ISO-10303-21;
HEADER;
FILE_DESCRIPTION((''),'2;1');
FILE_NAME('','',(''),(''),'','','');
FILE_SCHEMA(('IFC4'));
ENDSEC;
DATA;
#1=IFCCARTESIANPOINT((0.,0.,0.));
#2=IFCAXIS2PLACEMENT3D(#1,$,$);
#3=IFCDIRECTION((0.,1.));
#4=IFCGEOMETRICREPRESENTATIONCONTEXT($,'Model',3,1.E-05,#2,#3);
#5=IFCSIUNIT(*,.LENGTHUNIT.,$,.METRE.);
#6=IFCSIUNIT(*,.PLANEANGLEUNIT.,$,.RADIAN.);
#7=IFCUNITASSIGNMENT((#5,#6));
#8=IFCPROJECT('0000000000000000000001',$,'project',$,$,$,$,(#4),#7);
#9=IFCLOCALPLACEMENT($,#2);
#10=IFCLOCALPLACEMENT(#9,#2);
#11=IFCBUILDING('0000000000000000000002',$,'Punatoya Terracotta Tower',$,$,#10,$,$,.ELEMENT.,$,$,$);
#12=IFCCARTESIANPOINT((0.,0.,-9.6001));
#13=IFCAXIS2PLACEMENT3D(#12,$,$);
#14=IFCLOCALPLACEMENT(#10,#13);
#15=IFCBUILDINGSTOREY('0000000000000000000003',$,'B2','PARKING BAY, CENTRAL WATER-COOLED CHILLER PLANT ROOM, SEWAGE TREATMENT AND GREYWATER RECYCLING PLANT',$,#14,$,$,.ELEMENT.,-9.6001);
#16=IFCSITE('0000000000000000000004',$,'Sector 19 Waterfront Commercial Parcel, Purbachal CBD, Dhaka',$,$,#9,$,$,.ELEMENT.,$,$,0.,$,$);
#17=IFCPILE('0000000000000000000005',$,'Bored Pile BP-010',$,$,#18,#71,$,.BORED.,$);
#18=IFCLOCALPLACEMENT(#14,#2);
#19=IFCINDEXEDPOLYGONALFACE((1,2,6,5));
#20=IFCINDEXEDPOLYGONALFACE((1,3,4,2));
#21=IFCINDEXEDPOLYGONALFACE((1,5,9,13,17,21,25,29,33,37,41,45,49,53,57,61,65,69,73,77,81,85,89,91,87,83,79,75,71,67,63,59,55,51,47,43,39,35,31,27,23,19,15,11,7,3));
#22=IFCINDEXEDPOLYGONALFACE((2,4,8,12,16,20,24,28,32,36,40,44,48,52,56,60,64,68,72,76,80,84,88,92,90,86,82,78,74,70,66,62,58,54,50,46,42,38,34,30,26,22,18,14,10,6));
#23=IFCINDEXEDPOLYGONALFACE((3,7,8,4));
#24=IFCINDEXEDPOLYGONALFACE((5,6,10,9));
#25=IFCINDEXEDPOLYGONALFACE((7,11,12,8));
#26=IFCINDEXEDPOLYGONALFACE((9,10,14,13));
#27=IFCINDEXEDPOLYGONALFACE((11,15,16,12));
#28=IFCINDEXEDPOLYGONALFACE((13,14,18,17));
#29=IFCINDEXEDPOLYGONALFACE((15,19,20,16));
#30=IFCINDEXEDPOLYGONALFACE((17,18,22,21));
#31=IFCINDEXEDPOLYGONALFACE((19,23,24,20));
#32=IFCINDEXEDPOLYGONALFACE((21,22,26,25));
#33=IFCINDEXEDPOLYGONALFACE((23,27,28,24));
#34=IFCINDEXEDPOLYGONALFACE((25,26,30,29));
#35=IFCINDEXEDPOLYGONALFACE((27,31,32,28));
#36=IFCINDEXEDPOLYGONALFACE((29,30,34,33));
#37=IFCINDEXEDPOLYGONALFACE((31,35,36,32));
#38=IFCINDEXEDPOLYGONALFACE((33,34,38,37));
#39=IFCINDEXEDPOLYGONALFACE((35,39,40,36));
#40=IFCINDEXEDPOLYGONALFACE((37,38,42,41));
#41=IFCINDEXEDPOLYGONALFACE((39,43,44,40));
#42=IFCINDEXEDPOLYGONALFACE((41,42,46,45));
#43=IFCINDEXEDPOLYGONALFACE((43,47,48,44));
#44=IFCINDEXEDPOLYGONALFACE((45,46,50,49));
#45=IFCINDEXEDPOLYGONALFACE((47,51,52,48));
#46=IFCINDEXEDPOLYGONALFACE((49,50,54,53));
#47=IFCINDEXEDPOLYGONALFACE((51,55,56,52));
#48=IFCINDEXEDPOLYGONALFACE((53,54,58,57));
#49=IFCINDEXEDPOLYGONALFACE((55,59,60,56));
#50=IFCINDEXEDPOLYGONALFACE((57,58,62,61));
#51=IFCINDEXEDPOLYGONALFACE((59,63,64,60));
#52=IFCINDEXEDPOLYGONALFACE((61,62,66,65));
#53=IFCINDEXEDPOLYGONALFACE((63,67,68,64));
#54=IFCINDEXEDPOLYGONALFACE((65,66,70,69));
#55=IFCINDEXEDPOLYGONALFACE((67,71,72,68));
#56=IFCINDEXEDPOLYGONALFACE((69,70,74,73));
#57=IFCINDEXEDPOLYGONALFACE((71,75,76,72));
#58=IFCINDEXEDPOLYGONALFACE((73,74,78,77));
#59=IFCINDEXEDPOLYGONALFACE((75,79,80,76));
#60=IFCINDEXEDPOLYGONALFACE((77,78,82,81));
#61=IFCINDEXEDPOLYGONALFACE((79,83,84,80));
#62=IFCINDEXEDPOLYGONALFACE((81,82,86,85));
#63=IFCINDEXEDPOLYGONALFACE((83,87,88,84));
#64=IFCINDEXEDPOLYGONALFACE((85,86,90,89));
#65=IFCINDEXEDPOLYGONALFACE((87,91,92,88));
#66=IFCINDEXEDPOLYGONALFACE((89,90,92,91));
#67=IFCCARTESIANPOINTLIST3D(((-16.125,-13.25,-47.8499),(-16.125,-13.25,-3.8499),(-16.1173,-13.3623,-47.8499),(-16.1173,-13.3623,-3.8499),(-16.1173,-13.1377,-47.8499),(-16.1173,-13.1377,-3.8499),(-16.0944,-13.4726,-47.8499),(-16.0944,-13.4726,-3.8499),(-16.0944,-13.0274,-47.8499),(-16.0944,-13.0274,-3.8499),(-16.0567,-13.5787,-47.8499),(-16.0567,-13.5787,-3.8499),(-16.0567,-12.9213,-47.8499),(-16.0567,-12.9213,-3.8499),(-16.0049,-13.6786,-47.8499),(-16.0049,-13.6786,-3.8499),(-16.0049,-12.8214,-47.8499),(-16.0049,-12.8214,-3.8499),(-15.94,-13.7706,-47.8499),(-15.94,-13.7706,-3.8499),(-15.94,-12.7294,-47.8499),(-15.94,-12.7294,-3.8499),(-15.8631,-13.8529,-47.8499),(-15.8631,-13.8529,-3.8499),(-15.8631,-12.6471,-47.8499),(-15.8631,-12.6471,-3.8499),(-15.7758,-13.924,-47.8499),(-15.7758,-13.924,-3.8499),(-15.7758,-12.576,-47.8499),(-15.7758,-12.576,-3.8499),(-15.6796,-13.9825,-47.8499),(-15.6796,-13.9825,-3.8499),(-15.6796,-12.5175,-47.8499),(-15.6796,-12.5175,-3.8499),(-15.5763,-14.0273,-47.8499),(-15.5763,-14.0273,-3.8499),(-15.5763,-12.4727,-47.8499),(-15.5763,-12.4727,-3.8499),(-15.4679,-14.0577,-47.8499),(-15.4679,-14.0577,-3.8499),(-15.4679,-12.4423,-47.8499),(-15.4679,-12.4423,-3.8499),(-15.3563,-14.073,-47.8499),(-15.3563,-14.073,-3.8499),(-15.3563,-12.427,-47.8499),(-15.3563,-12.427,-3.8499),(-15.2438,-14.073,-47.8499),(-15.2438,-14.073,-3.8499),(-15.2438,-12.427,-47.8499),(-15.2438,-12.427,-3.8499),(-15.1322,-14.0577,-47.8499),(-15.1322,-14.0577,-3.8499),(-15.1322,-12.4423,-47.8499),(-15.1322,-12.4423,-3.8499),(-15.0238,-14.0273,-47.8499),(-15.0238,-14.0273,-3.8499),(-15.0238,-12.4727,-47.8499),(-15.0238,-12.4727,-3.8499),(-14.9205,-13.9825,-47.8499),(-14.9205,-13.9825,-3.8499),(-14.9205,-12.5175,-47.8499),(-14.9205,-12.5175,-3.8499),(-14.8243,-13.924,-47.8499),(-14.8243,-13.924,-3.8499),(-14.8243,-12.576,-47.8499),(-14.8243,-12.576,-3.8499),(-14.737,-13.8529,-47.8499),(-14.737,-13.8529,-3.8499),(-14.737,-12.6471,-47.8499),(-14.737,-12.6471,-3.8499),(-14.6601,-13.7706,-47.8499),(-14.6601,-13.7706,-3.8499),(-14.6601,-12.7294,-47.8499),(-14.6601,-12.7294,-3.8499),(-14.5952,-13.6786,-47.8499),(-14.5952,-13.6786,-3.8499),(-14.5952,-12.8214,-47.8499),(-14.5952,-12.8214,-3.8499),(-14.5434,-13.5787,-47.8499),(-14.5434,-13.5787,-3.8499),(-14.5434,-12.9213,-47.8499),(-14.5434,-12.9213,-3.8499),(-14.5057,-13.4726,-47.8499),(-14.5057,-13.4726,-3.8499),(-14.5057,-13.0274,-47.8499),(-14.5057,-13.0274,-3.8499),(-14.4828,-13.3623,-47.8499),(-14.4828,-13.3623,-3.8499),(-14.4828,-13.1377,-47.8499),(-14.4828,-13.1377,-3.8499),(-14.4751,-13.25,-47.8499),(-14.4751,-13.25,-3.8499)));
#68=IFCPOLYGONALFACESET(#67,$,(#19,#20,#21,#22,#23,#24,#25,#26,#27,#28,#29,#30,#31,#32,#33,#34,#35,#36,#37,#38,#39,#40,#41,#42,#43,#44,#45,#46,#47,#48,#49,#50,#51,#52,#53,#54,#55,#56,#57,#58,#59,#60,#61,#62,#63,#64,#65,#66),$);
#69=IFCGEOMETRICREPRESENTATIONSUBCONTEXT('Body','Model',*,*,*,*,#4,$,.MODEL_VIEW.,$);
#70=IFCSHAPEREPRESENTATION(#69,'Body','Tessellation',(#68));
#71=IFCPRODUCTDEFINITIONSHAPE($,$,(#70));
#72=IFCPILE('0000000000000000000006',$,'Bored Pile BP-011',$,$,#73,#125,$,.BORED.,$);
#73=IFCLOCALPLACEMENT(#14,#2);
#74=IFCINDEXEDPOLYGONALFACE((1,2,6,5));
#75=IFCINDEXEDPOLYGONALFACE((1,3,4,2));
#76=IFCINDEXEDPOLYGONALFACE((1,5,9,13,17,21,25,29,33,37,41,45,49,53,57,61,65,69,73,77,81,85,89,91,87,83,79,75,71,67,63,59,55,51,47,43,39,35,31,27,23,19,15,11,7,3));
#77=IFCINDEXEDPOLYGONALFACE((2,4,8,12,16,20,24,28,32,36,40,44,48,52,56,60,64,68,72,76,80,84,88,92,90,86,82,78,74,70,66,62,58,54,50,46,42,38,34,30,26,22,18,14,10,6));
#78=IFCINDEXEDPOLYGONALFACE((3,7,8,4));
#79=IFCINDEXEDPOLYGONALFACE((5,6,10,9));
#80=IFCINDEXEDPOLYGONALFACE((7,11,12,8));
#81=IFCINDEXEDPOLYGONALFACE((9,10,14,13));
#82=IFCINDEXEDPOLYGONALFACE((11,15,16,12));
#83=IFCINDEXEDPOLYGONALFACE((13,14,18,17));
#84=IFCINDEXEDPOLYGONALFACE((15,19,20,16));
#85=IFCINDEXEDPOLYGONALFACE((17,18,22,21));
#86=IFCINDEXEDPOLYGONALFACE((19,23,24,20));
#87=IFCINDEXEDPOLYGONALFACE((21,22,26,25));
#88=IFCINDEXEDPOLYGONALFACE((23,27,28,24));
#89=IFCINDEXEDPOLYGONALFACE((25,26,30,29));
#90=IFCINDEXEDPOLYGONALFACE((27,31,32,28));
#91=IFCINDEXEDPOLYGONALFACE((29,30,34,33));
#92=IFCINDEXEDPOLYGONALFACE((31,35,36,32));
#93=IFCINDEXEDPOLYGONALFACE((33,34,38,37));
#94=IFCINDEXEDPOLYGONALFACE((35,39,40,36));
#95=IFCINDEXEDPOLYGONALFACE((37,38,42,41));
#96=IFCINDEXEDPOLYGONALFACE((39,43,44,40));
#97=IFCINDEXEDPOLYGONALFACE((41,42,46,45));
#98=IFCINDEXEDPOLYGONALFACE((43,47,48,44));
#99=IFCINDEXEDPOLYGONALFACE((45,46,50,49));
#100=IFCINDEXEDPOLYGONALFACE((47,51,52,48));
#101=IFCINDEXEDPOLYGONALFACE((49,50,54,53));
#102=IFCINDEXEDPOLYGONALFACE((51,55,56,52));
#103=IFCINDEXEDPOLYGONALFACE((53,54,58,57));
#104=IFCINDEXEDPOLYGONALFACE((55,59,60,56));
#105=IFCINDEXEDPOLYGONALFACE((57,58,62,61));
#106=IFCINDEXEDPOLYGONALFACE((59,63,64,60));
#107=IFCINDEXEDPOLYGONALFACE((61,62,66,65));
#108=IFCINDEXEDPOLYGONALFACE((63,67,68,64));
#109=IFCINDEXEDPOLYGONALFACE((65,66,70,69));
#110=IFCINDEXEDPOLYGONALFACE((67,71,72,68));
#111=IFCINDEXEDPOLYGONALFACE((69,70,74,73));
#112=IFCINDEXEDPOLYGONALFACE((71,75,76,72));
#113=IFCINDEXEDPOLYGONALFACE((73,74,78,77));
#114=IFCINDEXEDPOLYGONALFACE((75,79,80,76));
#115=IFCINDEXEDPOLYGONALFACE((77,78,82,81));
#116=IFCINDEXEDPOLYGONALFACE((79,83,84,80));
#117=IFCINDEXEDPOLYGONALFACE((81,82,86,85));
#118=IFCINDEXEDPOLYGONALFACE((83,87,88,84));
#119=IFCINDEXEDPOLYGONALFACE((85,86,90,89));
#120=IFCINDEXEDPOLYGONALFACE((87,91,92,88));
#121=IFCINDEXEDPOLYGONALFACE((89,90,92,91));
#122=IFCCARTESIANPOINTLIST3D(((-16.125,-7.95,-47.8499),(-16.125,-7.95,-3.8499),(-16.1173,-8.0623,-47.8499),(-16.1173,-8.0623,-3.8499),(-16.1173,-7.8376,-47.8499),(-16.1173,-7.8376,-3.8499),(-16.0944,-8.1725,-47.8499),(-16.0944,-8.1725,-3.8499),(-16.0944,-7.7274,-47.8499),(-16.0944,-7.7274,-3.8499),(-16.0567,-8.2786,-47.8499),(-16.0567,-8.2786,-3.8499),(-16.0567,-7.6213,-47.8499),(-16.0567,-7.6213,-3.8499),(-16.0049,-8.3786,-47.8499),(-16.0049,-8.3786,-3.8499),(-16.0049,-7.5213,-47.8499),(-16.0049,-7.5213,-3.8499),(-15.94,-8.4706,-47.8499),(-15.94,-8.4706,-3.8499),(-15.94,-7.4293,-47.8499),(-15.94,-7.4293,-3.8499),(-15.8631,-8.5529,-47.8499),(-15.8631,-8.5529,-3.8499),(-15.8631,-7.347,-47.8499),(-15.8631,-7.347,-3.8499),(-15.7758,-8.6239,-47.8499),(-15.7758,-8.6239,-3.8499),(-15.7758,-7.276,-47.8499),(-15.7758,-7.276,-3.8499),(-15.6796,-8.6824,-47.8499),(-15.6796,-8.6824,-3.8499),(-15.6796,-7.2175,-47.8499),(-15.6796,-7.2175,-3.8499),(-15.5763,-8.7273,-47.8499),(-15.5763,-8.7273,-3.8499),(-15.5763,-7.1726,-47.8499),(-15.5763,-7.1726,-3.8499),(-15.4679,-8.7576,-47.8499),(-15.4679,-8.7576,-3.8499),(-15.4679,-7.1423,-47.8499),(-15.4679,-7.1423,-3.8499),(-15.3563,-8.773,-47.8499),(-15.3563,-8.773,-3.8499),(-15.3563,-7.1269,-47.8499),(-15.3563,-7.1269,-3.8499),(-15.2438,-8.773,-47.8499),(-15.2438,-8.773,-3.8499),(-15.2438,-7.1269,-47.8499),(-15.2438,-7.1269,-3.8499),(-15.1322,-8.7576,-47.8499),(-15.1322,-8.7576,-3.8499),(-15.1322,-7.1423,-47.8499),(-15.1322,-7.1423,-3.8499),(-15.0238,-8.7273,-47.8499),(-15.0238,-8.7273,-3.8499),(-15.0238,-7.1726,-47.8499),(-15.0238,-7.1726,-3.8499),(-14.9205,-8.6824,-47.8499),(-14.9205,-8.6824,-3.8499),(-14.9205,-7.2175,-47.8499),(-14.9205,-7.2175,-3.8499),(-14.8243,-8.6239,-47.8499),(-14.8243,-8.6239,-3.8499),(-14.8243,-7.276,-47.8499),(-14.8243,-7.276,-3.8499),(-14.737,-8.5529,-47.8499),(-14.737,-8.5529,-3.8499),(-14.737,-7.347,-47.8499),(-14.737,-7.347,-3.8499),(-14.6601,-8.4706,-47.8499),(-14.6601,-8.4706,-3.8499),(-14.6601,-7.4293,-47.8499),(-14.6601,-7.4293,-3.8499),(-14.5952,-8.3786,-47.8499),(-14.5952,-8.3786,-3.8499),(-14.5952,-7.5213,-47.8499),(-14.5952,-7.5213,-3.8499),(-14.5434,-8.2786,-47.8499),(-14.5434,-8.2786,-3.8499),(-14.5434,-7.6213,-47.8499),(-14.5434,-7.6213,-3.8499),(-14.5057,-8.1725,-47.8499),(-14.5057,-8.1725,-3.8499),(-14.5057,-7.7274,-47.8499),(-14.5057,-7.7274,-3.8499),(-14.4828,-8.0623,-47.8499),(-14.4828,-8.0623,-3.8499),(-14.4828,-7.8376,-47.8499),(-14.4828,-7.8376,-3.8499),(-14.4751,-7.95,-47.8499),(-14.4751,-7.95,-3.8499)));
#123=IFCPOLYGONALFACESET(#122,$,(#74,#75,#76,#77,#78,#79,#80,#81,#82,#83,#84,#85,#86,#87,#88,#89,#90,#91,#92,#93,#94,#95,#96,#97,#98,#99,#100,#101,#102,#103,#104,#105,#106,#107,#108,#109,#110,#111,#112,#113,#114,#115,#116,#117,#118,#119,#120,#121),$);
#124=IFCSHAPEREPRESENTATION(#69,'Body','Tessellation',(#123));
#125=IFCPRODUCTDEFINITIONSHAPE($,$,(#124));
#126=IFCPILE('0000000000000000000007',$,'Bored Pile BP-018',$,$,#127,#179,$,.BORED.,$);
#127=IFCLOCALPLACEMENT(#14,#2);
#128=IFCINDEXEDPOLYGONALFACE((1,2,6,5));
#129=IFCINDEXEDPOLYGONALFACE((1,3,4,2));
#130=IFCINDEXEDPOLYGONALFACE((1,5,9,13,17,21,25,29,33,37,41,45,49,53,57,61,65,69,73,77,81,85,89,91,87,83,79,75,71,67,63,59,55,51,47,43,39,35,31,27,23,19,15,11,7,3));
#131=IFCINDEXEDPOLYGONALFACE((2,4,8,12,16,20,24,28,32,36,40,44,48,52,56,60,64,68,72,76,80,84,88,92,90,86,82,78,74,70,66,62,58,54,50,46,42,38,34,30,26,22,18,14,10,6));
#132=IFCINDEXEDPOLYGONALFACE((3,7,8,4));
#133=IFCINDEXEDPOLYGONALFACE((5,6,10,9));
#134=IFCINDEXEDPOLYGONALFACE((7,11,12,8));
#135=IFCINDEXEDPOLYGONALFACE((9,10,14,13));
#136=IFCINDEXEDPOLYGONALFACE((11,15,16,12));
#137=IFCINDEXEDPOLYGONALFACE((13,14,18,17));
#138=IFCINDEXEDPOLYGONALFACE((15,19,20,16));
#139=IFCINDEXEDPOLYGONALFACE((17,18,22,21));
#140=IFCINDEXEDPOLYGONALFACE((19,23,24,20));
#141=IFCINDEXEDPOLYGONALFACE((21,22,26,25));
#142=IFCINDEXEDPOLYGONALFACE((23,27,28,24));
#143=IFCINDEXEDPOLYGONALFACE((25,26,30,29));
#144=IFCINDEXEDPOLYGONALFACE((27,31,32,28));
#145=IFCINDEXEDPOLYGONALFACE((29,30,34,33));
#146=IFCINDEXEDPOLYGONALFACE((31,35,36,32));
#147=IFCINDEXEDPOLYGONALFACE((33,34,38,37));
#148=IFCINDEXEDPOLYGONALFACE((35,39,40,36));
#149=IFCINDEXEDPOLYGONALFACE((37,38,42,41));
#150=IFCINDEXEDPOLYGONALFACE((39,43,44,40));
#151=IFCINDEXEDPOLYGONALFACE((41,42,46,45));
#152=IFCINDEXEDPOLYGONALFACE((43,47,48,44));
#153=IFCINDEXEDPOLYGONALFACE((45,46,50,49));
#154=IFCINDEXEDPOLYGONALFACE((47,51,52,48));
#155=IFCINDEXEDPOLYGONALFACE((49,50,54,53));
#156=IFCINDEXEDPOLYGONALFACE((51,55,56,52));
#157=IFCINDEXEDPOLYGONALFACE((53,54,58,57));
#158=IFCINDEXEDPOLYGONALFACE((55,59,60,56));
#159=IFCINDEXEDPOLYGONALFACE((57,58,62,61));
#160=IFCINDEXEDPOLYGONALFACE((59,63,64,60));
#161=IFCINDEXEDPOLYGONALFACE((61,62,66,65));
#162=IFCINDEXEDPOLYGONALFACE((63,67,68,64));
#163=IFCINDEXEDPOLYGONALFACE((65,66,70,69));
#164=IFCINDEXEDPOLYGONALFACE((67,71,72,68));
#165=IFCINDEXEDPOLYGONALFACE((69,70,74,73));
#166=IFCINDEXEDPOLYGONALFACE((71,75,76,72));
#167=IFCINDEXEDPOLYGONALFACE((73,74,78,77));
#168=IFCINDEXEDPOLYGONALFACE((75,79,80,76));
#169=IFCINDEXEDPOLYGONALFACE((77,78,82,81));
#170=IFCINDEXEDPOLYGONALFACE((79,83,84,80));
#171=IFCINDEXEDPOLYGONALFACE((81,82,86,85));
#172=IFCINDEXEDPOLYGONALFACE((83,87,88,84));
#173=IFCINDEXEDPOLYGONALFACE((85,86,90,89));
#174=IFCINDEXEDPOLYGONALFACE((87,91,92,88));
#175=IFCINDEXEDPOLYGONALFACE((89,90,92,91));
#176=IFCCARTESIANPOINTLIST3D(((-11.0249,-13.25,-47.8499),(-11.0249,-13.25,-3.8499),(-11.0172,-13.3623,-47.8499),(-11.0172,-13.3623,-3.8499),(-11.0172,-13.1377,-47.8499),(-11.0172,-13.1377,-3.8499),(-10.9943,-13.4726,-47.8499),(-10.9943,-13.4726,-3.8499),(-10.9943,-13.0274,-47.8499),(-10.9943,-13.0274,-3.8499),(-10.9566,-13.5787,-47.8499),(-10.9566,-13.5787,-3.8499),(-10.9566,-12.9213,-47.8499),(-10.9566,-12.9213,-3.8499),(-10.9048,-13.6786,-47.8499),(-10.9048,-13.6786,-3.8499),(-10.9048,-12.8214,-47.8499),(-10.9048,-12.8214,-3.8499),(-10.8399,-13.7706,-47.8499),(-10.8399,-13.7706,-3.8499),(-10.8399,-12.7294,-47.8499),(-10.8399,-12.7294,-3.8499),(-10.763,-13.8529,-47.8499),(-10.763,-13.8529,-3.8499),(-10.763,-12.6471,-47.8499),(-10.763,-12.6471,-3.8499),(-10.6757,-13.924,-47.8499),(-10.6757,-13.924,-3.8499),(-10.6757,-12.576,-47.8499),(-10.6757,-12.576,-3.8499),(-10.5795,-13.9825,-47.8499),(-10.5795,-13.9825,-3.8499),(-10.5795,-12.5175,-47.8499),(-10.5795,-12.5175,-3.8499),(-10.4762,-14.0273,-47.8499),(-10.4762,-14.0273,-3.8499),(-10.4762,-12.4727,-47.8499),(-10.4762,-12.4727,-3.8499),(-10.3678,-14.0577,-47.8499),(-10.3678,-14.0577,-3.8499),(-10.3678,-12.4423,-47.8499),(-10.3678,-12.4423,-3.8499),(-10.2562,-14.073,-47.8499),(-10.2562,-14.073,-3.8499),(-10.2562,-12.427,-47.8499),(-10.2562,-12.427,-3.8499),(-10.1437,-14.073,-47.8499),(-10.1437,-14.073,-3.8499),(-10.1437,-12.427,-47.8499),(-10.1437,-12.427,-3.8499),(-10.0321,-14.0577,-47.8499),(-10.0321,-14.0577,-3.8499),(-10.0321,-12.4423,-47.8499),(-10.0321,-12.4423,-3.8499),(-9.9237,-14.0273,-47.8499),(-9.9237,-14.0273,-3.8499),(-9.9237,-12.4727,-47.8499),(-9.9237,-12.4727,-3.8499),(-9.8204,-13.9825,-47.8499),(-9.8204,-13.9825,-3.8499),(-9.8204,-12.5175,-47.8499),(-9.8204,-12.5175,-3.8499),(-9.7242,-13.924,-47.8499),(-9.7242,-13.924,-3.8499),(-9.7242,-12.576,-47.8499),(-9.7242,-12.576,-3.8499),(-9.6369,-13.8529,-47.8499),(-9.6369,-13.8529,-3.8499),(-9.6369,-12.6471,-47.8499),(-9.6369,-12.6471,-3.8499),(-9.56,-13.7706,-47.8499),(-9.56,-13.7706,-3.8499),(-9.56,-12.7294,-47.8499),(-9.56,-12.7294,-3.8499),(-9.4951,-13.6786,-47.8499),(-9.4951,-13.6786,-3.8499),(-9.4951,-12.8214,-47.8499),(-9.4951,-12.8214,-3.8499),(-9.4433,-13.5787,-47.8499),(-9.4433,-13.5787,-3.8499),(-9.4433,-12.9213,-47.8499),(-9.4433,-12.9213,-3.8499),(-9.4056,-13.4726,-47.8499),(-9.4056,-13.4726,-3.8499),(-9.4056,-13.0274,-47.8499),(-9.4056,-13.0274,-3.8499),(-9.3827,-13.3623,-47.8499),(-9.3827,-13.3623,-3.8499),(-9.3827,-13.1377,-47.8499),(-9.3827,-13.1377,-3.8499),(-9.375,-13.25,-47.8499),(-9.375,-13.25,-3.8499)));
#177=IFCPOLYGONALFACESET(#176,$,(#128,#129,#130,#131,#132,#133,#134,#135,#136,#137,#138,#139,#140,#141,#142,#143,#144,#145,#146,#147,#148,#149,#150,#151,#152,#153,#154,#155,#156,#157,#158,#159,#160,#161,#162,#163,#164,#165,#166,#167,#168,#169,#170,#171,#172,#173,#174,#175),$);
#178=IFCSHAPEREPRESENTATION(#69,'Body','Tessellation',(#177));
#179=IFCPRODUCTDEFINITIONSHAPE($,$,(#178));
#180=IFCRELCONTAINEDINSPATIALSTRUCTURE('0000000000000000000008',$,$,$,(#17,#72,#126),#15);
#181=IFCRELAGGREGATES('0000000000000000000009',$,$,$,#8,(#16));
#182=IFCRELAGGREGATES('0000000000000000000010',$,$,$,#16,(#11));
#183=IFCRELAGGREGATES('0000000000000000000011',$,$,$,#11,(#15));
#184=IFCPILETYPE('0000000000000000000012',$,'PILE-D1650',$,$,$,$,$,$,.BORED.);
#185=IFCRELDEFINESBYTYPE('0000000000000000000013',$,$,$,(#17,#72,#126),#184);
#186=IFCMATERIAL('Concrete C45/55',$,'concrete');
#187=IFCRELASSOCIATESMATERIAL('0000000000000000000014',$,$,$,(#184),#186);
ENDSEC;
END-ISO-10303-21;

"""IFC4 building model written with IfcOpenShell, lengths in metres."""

from ifc_helpers import new_model, si_unit, direction, frame, origin, origin_2d, place, context, subcontext, project, spatial, circle, extrude, material, material_profile, profile_set, type_object, element, save


model = new_model("IFC4")

# Units and contexts
model_context = context("Model", 3, precision=1e-05, world=origin(), true_north=direction((0.0, 1.0)))
body_context = subcontext(model_context, "Body", "Model", "MODEL_VIEW")
ifc_project = project(units=[si_unit("LENGTHUNIT", "METRE"), si_unit("PLANEANGLEUNIT", "RADIAN")], contexts=[model_context])

# Site, building, storey
site_placement = place(None, origin())
site = spatial("IfcSite", under=ifc_project, at=site_placement, Name="Sector 19 Waterfront Commercial Parcel, Purbachal CBD, Dhaka", CompositionType="ELEMENT", RefElevation=0.0)
building_placement = place(site_placement, origin())
building = spatial("IfcBuilding", under=site, at=building_placement, Name="Punatoya Terracotta Tower", CompositionType="ELEMENT")
storey_placement = place(building_placement, frame((0.0, 0.0, -9.6001)))
storey = spatial("IfcBuildingStorey", under=building, at=storey_placement, Name="B2", Description="PARKING BAY, CENTRAL WATER-COOLED CHILLER PLANT ROOM, SEWAGE TREATMENT AND GREYWATER RECYCLING PLANT", CompositionType="ELEMENT", Elevation=-9.6001)

# Shared definitions
ifc_material_1 = material(Name="Concrete C45/55", Category="concrete")

# Piles
ifc_material_profile_1 = material_profile(ifc_material_1, circle(Radius=0.825, at=origin_2d()))
ifc_profile_set_1 = profile_set([ifc_material_profile_1], Name="Concrete C45/55")
pile_type_1 = type_object("IfcPileType", Name="PILE-D1650", PredefinedType="BORED", material=ifc_profile_set_1)
for number, where, z_axis, x_axis, name in (
    (1, (-15.3, -13.25, -3.8499), (0.0, 0.0, -1.0), (1.0, 0.0, 0.0), "Bored Pile BP-010"),
    (2, (-15.3, -7.95, -3.8499), (0.0, 0.0, -1.0), (1.0, 0.0, 0.0), "Bored Pile BP-011"),
    (3, (-10.2, -13.25, -3.8499), (0.0, 0.0, -1.0), (1.0, 0.0, 0.0), "Bored Pile BP-018"),
):
    element("IfcPile", number, at=place(storey_placement, frame(where, z_axis=z_axis, x_axis=x_axis)), inside=storey, type_object=pile_type_1, Name=name, PredefinedType="BORED", context=body_context, shape_type="SweptSolid", body=[
        extrude(circle(Radius=0.825, at=origin_2d()), origin(), (0.0, 0.0, 1.0), 44.0),
    ])

save(model, "model.ifc")
